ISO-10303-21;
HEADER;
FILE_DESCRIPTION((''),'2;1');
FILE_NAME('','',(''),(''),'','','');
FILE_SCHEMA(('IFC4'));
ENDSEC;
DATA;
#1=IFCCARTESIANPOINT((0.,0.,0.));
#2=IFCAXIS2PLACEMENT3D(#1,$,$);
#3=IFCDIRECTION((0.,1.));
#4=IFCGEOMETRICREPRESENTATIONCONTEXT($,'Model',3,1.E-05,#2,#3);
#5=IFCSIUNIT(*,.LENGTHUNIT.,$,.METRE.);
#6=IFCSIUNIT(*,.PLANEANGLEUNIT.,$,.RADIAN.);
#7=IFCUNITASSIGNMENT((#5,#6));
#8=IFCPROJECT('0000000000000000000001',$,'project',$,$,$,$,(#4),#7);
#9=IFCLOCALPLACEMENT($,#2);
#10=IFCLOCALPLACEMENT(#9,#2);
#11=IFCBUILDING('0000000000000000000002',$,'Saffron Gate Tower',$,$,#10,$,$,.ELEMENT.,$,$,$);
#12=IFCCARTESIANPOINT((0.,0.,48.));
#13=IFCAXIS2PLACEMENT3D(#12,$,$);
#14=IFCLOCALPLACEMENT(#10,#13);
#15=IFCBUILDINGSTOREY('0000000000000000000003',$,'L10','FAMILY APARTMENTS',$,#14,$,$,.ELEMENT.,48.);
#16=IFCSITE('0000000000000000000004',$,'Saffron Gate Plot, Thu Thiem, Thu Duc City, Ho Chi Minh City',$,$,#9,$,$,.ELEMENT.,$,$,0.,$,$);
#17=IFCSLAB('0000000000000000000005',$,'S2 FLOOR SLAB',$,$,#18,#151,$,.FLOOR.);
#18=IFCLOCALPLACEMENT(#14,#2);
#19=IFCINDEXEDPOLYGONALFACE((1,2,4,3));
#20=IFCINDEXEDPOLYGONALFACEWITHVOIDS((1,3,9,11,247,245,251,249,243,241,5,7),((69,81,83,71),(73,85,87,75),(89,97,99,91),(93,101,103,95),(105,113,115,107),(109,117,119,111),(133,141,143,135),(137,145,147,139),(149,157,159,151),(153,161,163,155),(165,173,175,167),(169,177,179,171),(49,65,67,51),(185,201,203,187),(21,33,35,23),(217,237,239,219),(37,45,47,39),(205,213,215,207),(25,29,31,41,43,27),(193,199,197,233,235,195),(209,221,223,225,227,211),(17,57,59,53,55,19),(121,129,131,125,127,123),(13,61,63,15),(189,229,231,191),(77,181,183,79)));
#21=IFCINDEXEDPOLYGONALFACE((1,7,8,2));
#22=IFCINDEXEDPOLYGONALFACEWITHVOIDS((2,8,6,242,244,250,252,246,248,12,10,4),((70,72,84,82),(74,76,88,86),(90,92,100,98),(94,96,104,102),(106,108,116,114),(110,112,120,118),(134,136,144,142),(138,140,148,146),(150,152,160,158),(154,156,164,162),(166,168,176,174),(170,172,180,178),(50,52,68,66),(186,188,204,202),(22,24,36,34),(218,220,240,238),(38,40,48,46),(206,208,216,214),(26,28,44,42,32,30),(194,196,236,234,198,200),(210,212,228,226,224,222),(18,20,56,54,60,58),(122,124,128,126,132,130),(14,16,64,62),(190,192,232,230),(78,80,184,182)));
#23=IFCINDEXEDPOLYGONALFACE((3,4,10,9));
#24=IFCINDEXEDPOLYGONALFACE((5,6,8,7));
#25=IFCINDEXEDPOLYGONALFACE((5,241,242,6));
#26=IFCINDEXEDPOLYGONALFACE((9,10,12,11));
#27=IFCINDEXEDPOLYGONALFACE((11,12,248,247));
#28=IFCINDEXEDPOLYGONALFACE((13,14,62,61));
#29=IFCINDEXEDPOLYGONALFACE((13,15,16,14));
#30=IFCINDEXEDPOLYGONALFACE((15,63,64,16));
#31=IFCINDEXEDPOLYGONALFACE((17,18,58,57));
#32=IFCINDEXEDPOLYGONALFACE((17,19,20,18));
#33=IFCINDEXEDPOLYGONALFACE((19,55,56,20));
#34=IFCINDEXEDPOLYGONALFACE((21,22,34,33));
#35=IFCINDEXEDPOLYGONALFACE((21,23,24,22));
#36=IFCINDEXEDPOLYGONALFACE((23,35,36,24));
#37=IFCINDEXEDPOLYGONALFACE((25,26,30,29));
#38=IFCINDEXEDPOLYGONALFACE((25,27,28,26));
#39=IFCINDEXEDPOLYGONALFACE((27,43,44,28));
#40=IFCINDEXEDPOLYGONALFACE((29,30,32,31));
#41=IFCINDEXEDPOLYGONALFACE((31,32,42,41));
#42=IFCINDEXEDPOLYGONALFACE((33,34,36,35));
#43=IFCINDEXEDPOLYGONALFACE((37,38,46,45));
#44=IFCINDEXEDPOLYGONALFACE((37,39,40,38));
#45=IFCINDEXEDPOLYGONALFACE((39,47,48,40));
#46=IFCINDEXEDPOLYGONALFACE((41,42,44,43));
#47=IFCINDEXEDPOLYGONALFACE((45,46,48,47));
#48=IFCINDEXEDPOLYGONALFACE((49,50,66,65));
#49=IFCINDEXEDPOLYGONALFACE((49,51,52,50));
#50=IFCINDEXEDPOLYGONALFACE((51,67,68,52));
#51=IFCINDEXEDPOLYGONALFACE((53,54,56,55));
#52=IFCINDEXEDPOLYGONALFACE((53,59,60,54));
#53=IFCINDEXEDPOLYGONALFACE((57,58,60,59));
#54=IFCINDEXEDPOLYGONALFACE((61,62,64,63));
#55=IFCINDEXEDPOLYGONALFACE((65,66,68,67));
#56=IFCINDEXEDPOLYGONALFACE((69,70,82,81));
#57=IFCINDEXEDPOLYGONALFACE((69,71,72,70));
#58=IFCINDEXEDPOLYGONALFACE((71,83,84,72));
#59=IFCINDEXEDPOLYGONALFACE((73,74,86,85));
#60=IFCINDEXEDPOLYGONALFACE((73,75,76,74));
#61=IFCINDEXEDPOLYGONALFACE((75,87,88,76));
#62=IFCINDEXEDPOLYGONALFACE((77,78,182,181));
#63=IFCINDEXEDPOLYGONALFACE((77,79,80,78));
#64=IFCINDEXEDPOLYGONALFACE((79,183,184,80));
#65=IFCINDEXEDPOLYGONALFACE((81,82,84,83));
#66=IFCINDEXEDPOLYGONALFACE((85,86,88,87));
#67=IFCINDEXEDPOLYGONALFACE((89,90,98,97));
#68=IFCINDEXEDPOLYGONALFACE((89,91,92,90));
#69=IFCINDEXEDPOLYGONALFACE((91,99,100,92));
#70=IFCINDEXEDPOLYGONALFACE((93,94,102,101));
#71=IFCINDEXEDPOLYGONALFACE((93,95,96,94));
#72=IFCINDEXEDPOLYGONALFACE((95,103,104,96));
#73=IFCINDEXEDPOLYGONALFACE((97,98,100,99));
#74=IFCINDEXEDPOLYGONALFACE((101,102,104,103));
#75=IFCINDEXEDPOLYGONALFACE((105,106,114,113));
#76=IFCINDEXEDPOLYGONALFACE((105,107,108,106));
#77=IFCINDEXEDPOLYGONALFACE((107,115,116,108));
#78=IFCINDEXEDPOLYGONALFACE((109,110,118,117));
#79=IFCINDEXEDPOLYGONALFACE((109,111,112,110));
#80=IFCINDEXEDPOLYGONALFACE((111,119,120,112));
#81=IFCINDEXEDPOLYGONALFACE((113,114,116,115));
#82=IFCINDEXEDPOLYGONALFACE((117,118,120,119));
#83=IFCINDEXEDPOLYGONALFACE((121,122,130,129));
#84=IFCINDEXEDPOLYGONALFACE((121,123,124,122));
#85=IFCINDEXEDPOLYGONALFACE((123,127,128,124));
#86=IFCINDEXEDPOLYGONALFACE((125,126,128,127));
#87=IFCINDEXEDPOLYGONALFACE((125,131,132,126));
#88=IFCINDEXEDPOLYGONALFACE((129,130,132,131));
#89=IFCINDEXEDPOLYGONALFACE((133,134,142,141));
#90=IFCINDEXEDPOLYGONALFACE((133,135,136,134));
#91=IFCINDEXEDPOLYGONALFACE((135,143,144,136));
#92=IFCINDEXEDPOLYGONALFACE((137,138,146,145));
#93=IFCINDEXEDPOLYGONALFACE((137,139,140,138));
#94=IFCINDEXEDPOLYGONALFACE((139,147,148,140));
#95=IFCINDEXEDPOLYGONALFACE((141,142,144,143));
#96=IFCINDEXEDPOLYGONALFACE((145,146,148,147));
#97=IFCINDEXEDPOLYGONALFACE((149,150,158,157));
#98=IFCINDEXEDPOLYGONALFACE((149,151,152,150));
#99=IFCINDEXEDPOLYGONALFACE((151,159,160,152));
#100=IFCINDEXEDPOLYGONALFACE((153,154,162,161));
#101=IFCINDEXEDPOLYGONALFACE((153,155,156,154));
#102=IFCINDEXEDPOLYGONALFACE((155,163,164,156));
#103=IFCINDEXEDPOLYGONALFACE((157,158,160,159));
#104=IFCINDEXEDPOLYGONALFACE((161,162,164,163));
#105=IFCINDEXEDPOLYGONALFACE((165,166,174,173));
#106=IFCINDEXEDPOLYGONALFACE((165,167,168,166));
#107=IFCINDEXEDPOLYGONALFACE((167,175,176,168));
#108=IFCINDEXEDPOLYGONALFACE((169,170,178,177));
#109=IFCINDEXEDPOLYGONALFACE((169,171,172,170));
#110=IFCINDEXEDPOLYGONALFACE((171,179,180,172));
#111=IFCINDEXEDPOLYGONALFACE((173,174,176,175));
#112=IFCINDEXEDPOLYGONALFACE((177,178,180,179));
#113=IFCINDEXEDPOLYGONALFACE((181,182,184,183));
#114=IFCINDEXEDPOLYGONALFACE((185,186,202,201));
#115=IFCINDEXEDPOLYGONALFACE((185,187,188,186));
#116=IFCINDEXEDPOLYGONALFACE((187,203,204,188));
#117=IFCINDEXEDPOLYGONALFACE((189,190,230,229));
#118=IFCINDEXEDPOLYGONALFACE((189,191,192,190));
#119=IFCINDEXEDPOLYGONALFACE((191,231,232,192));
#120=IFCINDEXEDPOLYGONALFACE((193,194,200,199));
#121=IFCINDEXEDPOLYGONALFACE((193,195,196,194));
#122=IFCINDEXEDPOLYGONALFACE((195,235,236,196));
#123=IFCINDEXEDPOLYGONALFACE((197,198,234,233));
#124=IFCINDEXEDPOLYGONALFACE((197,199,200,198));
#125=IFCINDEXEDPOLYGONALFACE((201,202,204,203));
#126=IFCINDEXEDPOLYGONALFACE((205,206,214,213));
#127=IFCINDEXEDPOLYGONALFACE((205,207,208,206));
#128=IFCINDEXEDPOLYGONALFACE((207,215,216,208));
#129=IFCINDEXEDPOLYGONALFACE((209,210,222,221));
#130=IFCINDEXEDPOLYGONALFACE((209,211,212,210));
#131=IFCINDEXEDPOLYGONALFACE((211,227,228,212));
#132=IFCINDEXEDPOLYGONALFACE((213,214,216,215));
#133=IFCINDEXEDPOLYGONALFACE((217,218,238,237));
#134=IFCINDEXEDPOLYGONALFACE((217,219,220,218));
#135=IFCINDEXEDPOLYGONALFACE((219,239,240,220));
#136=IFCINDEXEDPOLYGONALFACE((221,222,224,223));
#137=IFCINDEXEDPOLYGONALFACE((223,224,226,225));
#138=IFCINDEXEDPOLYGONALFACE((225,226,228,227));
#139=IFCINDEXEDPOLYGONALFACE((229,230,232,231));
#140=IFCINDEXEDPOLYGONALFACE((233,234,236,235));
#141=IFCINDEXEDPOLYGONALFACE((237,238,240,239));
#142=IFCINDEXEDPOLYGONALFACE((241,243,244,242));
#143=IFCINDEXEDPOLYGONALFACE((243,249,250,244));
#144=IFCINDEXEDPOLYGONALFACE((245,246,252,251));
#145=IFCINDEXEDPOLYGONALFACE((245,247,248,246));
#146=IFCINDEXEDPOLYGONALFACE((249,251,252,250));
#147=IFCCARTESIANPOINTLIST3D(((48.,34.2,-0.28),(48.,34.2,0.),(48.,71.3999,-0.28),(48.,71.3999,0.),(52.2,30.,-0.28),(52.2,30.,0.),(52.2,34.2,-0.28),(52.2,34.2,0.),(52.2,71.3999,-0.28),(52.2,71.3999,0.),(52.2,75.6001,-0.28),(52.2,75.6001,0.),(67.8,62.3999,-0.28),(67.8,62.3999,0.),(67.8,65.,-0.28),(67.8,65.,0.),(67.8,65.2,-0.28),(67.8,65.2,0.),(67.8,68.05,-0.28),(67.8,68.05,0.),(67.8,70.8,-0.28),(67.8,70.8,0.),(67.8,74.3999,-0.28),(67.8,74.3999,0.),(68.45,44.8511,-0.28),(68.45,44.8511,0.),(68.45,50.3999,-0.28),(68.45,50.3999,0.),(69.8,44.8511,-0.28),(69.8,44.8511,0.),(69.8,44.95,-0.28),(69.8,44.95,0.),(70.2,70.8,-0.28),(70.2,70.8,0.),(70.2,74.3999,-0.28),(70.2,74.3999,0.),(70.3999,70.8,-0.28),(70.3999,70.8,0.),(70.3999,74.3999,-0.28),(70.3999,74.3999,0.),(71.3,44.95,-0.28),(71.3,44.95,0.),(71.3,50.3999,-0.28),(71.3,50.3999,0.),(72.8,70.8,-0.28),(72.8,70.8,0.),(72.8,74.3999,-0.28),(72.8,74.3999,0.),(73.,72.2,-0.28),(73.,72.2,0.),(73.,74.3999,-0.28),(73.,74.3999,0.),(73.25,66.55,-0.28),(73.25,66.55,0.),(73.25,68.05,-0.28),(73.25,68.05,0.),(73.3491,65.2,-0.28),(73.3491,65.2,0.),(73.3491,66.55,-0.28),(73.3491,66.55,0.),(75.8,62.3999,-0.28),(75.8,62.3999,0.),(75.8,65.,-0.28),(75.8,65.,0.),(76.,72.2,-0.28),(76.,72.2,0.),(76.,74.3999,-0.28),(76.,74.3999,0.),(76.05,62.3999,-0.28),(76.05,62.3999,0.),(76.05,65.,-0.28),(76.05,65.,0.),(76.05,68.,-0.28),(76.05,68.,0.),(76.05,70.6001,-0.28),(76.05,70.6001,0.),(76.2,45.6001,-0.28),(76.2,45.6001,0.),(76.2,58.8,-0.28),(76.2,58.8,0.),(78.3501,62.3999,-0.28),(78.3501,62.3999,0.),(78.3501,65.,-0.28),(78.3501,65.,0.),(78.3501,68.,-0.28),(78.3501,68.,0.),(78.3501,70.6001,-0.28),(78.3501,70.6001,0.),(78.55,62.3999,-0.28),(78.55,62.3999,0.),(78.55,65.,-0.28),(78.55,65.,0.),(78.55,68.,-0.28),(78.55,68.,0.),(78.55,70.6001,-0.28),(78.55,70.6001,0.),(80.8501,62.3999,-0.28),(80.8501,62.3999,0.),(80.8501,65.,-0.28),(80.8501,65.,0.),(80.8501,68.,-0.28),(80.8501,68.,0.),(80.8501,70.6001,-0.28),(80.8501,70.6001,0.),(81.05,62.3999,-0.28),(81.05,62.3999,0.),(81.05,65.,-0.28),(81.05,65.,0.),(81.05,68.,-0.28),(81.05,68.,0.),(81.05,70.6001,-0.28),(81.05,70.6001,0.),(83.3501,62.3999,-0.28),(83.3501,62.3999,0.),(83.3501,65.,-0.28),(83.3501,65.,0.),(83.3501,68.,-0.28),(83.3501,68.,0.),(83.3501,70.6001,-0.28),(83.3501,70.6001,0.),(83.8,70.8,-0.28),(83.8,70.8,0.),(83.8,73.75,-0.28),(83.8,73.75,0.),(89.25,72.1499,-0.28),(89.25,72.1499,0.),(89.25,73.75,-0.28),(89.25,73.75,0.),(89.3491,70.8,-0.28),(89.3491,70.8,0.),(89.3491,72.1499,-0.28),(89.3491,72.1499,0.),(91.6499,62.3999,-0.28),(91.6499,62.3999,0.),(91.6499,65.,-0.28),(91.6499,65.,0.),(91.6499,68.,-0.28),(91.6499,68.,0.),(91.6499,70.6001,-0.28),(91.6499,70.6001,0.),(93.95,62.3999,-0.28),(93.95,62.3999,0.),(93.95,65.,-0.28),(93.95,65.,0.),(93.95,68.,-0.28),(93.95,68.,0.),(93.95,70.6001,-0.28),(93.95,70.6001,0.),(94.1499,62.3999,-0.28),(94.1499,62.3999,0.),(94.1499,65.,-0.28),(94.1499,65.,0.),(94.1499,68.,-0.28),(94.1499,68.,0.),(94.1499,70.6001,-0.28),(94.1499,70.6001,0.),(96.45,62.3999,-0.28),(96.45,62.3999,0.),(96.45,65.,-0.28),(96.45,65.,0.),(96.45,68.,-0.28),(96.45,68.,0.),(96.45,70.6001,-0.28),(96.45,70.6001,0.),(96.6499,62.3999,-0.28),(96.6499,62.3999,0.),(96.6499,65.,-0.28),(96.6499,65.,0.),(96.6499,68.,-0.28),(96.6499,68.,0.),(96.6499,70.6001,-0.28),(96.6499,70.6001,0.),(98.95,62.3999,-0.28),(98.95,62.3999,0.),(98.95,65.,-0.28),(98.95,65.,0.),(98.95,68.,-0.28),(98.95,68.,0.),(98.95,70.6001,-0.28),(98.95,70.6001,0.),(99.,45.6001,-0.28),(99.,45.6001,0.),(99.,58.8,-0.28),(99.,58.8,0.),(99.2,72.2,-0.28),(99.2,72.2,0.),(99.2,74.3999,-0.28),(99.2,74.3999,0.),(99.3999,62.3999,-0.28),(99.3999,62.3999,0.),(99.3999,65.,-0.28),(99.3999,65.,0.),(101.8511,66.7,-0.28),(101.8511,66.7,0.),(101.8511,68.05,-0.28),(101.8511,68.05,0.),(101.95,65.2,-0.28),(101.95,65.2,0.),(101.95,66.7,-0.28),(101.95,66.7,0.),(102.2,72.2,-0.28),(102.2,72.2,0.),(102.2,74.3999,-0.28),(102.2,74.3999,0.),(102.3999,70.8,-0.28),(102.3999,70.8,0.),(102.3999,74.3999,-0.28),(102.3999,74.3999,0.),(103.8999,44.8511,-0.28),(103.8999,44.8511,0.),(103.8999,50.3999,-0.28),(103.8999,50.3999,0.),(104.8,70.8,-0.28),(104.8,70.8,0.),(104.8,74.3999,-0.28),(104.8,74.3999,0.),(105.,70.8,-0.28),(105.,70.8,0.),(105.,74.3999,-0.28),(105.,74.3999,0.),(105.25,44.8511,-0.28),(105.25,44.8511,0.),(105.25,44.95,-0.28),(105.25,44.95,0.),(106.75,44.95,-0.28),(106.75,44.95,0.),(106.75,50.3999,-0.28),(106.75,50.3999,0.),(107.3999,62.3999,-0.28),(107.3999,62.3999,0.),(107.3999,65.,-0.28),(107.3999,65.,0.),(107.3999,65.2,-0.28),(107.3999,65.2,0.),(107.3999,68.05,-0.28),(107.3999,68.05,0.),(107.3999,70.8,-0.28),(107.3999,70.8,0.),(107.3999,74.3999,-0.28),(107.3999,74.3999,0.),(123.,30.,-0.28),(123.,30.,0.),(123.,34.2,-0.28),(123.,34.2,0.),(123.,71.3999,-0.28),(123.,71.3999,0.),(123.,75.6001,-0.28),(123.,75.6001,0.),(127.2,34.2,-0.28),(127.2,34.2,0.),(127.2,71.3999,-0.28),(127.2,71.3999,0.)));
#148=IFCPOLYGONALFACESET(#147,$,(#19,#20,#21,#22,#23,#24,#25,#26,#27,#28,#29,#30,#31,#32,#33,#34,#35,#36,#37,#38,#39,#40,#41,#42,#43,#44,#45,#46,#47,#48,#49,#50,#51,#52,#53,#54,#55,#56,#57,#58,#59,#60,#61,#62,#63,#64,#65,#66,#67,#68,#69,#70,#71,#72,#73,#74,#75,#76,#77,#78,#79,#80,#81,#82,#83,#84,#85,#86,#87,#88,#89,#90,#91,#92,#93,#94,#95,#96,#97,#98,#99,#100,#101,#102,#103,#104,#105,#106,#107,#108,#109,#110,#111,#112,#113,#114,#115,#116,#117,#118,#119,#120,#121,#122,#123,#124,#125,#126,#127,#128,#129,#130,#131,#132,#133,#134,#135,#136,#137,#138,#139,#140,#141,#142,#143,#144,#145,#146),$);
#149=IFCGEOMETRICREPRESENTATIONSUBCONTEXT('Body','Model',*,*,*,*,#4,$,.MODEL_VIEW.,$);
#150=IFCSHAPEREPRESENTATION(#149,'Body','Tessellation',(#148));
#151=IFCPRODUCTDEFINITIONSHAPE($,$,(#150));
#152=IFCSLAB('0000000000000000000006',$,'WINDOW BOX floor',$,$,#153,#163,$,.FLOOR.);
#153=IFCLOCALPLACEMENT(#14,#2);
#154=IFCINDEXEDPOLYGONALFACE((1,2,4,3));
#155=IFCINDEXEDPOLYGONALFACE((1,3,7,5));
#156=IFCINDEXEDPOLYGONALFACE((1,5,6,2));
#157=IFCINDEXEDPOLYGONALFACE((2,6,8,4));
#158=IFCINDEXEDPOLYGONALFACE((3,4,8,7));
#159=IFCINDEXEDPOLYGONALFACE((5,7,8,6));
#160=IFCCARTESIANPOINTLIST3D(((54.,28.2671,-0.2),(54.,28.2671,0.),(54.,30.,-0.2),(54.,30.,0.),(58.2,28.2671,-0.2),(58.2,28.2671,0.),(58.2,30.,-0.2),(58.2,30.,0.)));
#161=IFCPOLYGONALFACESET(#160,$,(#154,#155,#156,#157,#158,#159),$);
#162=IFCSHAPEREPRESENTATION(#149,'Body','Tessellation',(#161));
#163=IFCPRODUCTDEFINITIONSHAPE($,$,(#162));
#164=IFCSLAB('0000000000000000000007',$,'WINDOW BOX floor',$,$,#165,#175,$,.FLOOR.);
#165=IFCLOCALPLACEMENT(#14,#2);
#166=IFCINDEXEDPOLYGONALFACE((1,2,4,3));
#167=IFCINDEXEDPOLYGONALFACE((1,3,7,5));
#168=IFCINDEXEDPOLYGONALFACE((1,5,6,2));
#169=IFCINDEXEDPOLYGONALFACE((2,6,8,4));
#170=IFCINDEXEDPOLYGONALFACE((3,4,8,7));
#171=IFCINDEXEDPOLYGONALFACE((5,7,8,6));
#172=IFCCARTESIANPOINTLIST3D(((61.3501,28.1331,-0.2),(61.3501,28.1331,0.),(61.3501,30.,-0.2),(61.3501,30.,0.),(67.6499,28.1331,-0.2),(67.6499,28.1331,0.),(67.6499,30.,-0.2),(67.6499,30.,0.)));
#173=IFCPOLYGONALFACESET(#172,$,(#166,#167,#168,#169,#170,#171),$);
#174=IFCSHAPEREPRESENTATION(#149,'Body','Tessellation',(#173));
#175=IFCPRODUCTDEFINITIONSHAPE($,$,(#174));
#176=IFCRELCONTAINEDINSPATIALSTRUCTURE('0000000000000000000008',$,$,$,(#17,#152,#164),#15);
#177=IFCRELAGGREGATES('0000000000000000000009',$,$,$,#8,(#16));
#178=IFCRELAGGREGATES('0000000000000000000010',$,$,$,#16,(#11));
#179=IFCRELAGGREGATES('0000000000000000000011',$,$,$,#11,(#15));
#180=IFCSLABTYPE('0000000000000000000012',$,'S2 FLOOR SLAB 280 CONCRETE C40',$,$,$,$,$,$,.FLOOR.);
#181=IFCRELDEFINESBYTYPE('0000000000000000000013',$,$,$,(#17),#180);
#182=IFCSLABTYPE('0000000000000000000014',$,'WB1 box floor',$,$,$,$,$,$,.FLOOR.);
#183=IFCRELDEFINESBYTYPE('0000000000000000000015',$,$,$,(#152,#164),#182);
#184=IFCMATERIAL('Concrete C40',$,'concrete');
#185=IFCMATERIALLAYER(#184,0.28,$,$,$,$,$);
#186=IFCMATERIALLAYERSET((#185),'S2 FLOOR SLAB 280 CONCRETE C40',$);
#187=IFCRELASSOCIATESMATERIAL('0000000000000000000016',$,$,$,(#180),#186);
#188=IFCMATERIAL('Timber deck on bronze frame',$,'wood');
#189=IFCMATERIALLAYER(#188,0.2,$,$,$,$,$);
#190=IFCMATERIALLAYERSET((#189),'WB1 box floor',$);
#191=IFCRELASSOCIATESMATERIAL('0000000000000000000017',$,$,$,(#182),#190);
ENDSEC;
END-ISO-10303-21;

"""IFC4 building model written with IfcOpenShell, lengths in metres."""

from ifc_helpers import new_model, si_unit, direction, frame, origin, place, context, subcontext, project, spatial, polyline, outline, extrude, material, layer, layer_set, type_object, element, save


model = new_model("IFC4")

# Units and contexts
model_context = context("Model", 3, precision=1e-05, world=origin(), true_north=direction((0.0, 1.0)))
body_context = subcontext(model_context, "Body", "Model", "MODEL_VIEW")
ifc_project = project(units=[si_unit("LENGTHUNIT", "METRE"), si_unit("PLANEANGLEUNIT", "RADIAN")], contexts=[model_context])

# Site, building, storey
site_placement = place(None, origin())
site = spatial("IfcSite", under=ifc_project, at=site_placement, Name="Saffron Gate Plot, Thu Thiem, Thu Duc City, Ho Chi Minh City", CompositionType="ELEMENT", RefElevation=0.0)
building_placement = place(site_placement, origin())
building = spatial("IfcBuilding", under=site, at=building_placement, Name="Saffron Gate Tower", CompositionType="ELEMENT")
storey_placement = place(building_placement, frame((0.0, 0.0, 48.0)))
storey = spatial("IfcBuildingStorey", under=building, at=storey_placement, Name="L10", Description="FAMILY APARTMENTS", CompositionType="ELEMENT", Elevation=48.0)

# Slabs
ifc_material_1 = material(Name="Concrete C40", Category="concrete")
ifc_layer_1 = layer(ifc_material_1, 0.28)
ifc_layer_set_1 = layer_set([ifc_layer_1], Name="S2 FLOOR SLAB 280 CONCRETE C40")
slab_type_1 = type_object("IfcSlabType", Name="S2 FLOOR SLAB 280 CONCRETE C40", PredefinedType="FLOOR", material=ifc_layer_set_1)
slab_1_placement = place(storey_placement, frame((0.0, 0.0, -0.28)))
element("IfcSlab", 1, at=slab_1_placement, inside=storey, type_object=slab_type_1, Name="S2 FLOOR SLAB", PredefinedType="FLOOR", context=body_context, shape_type="SweptSolid", body=[
    extrude(outline(polyline([(48.0, 34.2), (52.2, 34.2), (52.2, 30.0), (123.0, 30.0), (123.0, 34.2), (127.2, 34.2), (127.2, 71.3999), (123.0, 71.3999), (123.0, 75.6001), (52.2, 75.6001), (52.2, 71.3999), (48.0, 71.3999), (48.0, 34.2)]), holes=[polyline([(67.8, 62.3999), (67.8, 65.0), (75.8, 65.0), (75.8, 62.3999), (67.8, 62.3999)]), polyline([(67.8, 65.2), (67.8, 68.05), (73.25, 68.05), (73.25, 66.55), (73.3491, 66.55), (73.3491, 65.2), (67.8, 65.2)]), polyline([(67.8, 70.8), (67.8, 74.3999), (70.2, 74.3999), (70.2, 70.8), (67.8, 70.8)]), polyline([(68.45, 44.8511), (68.45, 50.3999), (71.3, 50.3999), (71.3, 44.95), (69.8, 44.95), (69.8, 44.8511), (68.45, 44.8511)]), polyline([(70.3999, 70.8), (70.3999, 74.3999), (72.8, 74.3999), (72.8, 70.8), (70.3999, 70.8)]), polyline([(73.0, 72.2), (73.0, 74.3999), (76.0, 74.3999), (76.0, 72.2), (73.0, 72.2)]), polyline([(76.05, 62.3999), (76.05, 65.0), (78.3501, 65.0), (78.3501, 62.3999), (76.05, 62.3999)]), polyline([(76.05, 68.0), (76.05, 70.6001), (78.3501, 70.6001), (78.3501, 68.0), (76.05, 68.0)]), polyline([(76.2, 45.6001), (76.2, 58.8), (99.0, 58.8), (99.0, 45.6001), (76.2, 45.6001)]), polyline([(78.55, 62.3999), (78.55, 65.0), (80.8501, 65.0), (80.8501, 62.3999), (78.55, 62.3999)]), polyline([(78.55, 68.0), (78.55, 70.6001), (80.8501, 70.6001), (80.8501, 68.0), (78.55, 68.0)]), polyline([(81.05, 62.3999), (81.05, 65.0), (83.3501, 65.0), (83.3501, 62.3999), (81.05, 62.3999)]), polyline([(81.05, 68.0), (81.05, 70.6001), (83.3501, 70.6001), (83.3501, 68.0), (81.05, 68.0)]), polyline([(83.8, 70.8), (83.8, 73.75), (89.25, 73.75), (89.25, 72.1499), (89.3491, 72.1499), (89.3491, 70.8), (83.8, 70.8)]), polyline([(91.6499, 62.3999), (91.6499, 65.0), (93.95, 65.0), (93.95, 62.3999), (91.6499, 62.3999)]), polyline([(91.6499, 68.0), (91.6499, 70.6001), (93.95, 70.6001), (93.95, 68.0), (91.6499, 68.0)]), polyline([(94.1499, 62.3999), (94.1499, 65.0), (96.45, 65.0), (96.45, 62.3999), (94.1499, 62.3999)]), polyline([(94.1499, 68.0), (94.1499, 70.6001), (96.45, 70.6001), (96.45, 68.0), (94.1499, 68.0)]), polyline([(96.6499, 62.3999), (96.6499, 65.0), (98.95, 65.0), (98.95, 62.3999), (96.6499, 62.3999)]), polyline([(96.6499, 68.0), (96.6499, 70.6001), (98.95, 70.6001), (98.95, 68.0), (96.6499, 68.0)]), polyline([(99.2, 72.2), (99.2, 74.3999), (102.2, 74.3999), (102.2, 72.2), (99.2, 72.2)]), polyline([(99.3999, 62.3999), (99.3999, 65.0), (107.3999, 65.0), (107.3999, 62.3999), (99.3999, 62.3999)]), polyline([(101.8511, 66.7), (101.8511, 68.05), (107.3999, 68.05), (107.3999, 65.2), (101.95, 65.2), (101.95, 66.7), (101.8511, 66.7)]), polyline([(102.3999, 70.8), (102.3999, 74.3999), (104.8, 74.3999), (104.8, 70.8), (102.3999, 70.8)]), polyline([(103.8999, 44.8511), (103.8999, 50.3999), (106.75, 50.3999), (106.75, 44.95), (105.25, 44.95), (105.25, 44.8511), (103.8999, 44.8511)]), polyline([(105.0, 70.8), (105.0, 74.3999), (107.3999, 74.3999), (107.3999, 70.8), (105.0, 70.8)])]), origin(), (0.0, 0.0, 1.0), 0.28),
])
ifc_material_2 = material(Name="Timber deck on bronze frame", Category="wood")
ifc_layer_2 = layer(ifc_material_2, 0.2)
ifc_layer_set_2 = layer_set([ifc_layer_2], Name="WB1 box floor")
slab_type_2 = type_object("IfcSlabType", Name="WB1 box floor", PredefinedType="FLOOR", material=ifc_layer_set_2)
slab_2_placement = place(storey_placement, frame((0.0, 0.0, -0.2)))
element("IfcSlab", 2, at=slab_2_placement, inside=storey, type_object=slab_type_2, Name="WINDOW BOX floor", PredefinedType="FLOOR", context=body_context, shape_type="SweptSolid", body=[
    extrude(outline(polyline([(54.0, 30.0), (58.2, 30.0), (58.2, 28.2671), (54.0, 28.2671), (54.0, 30.0)])), origin(), (0.0, 0.0, 1.0), 0.2),
])
slab_3_placement = place(storey_placement, frame((0.0, 0.0, -0.2)))
element("IfcSlab", 3, at=slab_3_placement, inside=storey, type_object=slab_type_2, Name="WINDOW BOX floor", PredefinedType="FLOOR", context=body_context, shape_type="SweptSolid", body=[
    extrude(outline(polyline([(61.3501, 30.0), (67.6499, 30.0), (67.6499, 28.1331), (61.3501, 28.1331), (61.3501, 30.0)])), origin(), (0.0, 0.0, 1.0), 0.2),
])

save(model, "model.ifc")
